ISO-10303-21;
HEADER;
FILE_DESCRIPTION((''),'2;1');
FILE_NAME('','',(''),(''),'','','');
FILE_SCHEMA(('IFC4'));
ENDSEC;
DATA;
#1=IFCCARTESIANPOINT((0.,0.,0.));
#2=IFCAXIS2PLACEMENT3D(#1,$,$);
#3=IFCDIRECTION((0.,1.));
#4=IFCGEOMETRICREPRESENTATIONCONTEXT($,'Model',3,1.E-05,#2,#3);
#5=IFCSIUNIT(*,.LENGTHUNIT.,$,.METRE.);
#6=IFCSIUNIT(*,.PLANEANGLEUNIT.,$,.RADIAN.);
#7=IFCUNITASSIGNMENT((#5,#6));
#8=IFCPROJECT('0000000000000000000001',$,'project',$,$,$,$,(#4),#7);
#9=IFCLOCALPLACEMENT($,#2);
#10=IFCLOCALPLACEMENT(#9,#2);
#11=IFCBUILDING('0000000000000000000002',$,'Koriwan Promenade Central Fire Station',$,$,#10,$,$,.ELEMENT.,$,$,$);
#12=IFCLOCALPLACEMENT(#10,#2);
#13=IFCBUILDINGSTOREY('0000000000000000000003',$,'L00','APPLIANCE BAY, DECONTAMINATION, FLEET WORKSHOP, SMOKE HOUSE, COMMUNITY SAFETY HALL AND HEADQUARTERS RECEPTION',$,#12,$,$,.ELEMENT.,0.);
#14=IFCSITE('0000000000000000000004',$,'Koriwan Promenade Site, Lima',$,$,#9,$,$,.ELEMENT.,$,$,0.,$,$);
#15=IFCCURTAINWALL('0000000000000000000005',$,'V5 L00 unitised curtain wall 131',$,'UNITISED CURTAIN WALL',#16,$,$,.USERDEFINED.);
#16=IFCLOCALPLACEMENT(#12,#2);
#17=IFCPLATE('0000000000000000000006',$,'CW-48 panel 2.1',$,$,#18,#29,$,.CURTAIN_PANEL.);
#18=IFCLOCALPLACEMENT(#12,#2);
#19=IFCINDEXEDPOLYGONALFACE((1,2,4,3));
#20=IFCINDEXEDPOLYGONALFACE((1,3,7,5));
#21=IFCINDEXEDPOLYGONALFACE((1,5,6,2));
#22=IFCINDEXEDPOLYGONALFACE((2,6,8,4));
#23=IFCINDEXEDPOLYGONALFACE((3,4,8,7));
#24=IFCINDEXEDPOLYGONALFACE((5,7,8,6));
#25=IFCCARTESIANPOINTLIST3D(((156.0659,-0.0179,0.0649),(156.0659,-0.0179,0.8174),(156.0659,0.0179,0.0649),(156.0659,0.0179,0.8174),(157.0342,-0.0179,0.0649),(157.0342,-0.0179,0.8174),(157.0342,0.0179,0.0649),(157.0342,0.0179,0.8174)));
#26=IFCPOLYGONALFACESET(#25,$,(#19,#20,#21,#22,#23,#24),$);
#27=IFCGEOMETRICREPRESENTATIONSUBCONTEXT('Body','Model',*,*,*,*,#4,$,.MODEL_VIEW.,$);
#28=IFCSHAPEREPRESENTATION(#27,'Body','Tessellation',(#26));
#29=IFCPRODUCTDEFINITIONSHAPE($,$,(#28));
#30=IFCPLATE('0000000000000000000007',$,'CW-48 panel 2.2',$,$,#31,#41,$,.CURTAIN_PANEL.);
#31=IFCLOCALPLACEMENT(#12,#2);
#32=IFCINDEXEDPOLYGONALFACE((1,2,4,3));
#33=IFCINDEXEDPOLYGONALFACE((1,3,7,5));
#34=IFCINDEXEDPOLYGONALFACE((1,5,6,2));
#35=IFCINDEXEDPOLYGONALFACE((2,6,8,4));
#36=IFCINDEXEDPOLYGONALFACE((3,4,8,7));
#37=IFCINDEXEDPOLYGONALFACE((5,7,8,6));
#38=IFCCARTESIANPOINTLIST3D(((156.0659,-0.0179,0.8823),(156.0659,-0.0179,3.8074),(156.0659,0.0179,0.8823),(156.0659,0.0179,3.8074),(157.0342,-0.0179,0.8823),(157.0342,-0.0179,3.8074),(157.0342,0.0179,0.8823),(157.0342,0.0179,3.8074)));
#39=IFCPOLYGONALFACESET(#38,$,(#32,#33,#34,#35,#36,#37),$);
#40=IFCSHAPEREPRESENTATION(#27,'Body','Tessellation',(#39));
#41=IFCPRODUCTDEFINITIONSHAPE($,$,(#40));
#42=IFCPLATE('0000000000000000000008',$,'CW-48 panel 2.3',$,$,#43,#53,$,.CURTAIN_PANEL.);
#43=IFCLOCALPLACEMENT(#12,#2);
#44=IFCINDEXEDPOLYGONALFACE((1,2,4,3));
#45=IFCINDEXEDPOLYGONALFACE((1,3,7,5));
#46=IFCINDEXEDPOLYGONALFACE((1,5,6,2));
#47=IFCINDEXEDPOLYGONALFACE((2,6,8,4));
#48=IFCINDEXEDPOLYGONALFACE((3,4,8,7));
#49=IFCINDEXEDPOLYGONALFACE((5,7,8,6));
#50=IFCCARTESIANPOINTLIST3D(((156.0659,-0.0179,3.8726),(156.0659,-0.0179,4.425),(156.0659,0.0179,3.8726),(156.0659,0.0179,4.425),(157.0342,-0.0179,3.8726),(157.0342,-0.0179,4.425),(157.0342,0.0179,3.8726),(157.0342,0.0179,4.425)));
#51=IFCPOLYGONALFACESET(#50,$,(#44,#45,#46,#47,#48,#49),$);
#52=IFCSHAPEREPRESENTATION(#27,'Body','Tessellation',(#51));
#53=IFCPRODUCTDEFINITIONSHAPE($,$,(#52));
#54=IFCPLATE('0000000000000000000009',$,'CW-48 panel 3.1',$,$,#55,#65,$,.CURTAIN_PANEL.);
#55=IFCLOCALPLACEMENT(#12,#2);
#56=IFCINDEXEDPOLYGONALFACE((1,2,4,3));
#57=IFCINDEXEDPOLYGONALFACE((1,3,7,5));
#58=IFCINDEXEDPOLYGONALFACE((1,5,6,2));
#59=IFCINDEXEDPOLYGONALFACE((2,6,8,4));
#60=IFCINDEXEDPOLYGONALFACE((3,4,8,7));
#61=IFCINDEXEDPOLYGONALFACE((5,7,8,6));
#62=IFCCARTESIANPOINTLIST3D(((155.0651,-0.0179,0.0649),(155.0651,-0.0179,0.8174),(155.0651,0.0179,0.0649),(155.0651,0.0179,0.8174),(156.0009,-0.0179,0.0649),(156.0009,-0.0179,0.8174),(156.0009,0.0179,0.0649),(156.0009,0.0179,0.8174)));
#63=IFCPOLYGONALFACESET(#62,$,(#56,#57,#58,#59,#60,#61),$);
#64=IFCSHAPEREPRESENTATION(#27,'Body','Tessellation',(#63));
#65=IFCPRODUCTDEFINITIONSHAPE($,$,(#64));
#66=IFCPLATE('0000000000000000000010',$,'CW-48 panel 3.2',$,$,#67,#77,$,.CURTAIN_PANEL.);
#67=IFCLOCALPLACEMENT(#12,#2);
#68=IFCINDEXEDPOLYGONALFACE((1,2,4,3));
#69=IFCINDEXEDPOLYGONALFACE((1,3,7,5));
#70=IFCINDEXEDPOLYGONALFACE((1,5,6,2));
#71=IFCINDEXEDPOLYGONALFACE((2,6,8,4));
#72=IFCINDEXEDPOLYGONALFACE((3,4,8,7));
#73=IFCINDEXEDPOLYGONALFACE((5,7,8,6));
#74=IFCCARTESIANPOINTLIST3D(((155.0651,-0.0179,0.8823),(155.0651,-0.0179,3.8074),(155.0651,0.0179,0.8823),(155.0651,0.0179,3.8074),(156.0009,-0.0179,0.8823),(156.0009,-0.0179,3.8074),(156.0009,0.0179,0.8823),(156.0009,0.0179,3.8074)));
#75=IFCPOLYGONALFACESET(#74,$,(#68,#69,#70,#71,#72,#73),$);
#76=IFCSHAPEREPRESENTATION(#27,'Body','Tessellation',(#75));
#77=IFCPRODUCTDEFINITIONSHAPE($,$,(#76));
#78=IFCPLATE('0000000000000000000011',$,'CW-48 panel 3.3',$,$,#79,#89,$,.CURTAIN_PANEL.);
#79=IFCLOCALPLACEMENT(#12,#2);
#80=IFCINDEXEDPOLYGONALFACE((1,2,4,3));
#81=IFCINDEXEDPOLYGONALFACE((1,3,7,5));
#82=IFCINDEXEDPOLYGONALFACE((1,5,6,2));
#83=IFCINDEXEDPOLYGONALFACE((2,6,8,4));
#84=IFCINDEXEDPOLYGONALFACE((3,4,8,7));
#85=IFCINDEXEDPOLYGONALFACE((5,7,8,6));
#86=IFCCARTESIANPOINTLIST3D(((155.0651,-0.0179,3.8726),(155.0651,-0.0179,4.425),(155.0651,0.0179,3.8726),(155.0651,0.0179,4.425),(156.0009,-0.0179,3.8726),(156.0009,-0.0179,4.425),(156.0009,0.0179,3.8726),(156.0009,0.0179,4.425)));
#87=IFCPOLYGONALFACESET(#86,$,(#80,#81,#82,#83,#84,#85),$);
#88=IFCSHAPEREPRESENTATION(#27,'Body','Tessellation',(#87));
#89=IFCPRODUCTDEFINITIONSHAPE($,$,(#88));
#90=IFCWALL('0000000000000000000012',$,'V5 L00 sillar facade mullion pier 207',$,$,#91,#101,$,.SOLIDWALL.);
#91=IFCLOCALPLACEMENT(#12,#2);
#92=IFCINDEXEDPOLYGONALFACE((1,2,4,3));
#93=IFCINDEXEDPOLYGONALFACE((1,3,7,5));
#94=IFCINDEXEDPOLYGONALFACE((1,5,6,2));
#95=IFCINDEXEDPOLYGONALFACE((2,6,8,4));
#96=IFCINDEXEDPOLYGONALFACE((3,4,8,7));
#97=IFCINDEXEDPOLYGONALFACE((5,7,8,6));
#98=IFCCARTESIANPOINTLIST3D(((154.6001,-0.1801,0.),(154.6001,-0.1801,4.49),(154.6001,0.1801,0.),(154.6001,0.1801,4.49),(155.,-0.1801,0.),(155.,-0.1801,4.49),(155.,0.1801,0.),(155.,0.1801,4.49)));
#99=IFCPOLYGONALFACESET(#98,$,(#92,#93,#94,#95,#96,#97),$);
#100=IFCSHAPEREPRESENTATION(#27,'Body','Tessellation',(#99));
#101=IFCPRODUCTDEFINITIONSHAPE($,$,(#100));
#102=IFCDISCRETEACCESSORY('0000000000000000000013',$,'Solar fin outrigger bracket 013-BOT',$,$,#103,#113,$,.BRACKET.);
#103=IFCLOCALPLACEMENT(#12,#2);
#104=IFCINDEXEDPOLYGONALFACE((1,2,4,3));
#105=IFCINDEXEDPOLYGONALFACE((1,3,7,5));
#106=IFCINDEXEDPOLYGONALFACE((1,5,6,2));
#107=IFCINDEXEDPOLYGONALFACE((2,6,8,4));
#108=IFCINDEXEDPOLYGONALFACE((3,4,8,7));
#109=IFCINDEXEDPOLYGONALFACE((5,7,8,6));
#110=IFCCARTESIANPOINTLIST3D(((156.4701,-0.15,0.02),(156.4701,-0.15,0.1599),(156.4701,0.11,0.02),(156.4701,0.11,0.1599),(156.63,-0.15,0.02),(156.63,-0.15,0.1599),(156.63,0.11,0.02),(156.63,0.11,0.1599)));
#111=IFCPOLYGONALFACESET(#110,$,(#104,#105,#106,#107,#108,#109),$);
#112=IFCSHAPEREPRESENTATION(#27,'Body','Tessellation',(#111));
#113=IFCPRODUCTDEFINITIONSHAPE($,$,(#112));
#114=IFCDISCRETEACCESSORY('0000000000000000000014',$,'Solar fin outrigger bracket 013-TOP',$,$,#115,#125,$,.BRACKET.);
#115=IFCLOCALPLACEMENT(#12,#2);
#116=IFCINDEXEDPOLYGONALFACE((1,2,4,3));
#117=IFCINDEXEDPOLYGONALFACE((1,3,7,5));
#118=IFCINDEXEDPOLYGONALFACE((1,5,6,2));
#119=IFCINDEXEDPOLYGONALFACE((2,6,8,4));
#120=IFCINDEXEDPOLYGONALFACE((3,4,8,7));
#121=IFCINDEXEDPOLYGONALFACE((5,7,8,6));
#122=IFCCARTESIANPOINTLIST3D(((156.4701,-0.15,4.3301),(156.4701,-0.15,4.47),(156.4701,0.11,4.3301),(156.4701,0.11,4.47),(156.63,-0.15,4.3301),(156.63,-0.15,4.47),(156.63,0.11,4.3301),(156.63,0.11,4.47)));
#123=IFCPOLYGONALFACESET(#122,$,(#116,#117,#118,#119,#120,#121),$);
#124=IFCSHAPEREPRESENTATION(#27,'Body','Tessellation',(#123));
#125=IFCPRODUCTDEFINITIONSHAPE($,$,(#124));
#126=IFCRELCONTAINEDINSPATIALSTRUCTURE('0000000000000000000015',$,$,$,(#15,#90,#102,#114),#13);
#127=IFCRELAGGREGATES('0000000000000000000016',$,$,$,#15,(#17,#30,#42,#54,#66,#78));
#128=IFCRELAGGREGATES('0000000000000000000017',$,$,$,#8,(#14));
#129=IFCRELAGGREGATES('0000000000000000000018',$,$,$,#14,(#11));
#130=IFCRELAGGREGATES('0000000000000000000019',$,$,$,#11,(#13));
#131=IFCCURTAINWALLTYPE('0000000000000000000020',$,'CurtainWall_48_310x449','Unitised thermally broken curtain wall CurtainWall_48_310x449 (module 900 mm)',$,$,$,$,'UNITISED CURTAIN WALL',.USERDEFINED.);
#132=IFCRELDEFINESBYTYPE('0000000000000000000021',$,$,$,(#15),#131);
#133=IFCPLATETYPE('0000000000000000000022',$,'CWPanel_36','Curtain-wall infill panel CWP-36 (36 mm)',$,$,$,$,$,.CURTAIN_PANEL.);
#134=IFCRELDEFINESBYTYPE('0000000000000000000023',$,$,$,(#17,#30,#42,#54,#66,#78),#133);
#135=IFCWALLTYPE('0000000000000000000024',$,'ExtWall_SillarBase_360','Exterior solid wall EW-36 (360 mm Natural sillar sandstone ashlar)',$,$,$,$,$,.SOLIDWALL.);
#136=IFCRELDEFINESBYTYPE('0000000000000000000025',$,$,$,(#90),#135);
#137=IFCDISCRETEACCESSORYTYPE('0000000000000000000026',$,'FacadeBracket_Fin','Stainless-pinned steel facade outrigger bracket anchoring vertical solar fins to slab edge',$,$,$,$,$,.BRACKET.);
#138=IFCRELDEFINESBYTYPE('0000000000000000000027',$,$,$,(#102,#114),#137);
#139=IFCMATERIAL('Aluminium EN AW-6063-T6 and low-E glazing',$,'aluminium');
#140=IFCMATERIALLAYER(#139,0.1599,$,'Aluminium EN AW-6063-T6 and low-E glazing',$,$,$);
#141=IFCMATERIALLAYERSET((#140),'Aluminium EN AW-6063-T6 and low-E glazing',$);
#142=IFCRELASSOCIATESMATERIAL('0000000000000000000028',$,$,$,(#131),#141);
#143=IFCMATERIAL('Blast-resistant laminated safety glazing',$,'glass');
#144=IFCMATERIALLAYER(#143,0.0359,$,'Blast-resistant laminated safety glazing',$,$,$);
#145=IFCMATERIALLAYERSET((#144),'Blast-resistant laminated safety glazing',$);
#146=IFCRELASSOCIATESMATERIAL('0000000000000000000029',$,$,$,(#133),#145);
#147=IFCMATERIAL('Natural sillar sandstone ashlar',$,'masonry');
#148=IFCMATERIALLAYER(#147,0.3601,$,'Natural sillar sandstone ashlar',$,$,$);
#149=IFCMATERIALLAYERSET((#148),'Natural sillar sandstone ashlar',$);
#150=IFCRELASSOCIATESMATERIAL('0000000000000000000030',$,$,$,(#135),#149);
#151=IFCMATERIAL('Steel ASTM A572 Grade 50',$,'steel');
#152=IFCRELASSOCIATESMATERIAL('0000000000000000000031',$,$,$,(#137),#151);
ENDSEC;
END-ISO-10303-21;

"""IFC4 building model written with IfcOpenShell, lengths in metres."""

from ifc_helpers import new_model, si_unit, direction, frame, frame_2d, origin, origin_2d, place, context, subcontext, project, spatial, rectangle, extrude, material, layer, layer_set, type_object, element, aggregate, save


model = new_model("IFC4")

# Units and contexts
model_context = context("Model", 3, precision=1e-05, world=origin(), true_north=direction((0.0, 1.0)))
body_context = subcontext(model_context, "Body", "Model", "MODEL_VIEW")
ifc_project = project(units=[si_unit("LENGTHUNIT", "METRE"), si_unit("PLANEANGLEUNIT", "RADIAN")], contexts=[model_context])

# Site, building, storey
site_placement = place(None, origin())
site = spatial("IfcSite", under=ifc_project, at=site_placement, Name="Koriwan Promenade Site, Lima", CompositionType="ELEMENT", RefElevation=0.0)
building_placement = place(site_placement, origin())
building = spatial("IfcBuilding", under=site, at=building_placement, Name="Koriwan Promenade Central Fire Station", CompositionType="ELEMENT")
storey_placement = place(building_placement, origin())
storey = spatial("IfcBuildingStorey", under=building, at=storey_placement, Name="L00", Description="APPLIANCE BAY, DECONTAMINATION, FLEET WORKSHOP, SMOKE HOUSE, COMMUNITY SAFETY HALL AND HEADQUARTERS RECEPTION", CompositionType="ELEMENT", Elevation=0.0)

# Curtain wall
ifc_material_1 = material(Name="Aluminium EN AW-6063-T6 and low-E glazing", Category="aluminium")
ifc_layer_1 = layer(ifc_material_1, 0.1599, Name="Aluminium EN AW-6063-T6 and low-E glazing")
ifc_layer_set_1 = layer_set([ifc_layer_1], Name="Aluminium EN AW-6063-T6 and low-E glazing")
curtain_wall_type = type_object("IfcCurtainWallType", Name="CurtainWall_48_310x449", Description="Unitised thermally broken curtain wall CurtainWall_48_310x449 (module 900 mm)", ElementType="UNITISED CURTAIN WALL", PredefinedType="USERDEFINED", material=ifc_layer_set_1)
curtain_wall_placement = place(storey_placement, origin())
curtain_wall = element("IfcCurtainWall", 1, at=curtain_wall_placement, inside=storey, type_object=curtain_wall_type, Name="V5 L00 unitised curtain wall 131", ObjectType="UNITISED CURTAIN WALL", PredefinedType="USERDEFINED")

# Plates
ifc_material_2 = material(Name="Blast-resistant laminated safety glazing", Category="glass")
ifc_layer_2 = layer(ifc_material_2, 0.0359, Name="Blast-resistant laminated safety glazing")
ifc_layer_set_2 = layer_set([ifc_layer_2], Name="Blast-resistant laminated safety glazing")
plate_type = type_object("IfcPlateType", Name="CWPanel_36", Description="Curtain-wall infill panel CWP-36 (36 mm)", PredefinedType="CURTAIN_PANEL", material=ifc_layer_set_2)
plate_1_placement = place(storey_placement, frame((156.55, 0.0, 0.0649), z_axis=(0.0, 0.0, 1.0), x_axis=(-1.0, 0.0, 0.0)))
plate_1 = element("IfcPlate", 2, at=plate_1_placement, type_object=plate_type, Name="CW-48 panel 2.1", PredefinedType="CURTAIN_PANEL", context=body_context, shape_type="SweptSolid", body=[
    extrude(rectangle(XDim=0.9683, YDim=0.0359, at=origin_2d()), origin(), (0.0, 0.0, 1.0), 0.7524),
])
plate_2_placement = place(storey_placement, frame((156.55, 0.0, 0.8823), z_axis=(0.0, 0.0, 1.0), x_axis=(-1.0, 0.0, 0.0)))
plate_2 = element("IfcPlate", 3, at=plate_2_placement, type_object=plate_type, Name="CW-48 panel 2.2", PredefinedType="CURTAIN_PANEL", context=body_context, shape_type="SweptSolid", body=[
    extrude(rectangle(XDim=0.9683, YDim=0.0359, at=origin_2d()), origin(), (0.0, 0.0, 1.0), 2.925),
])
plate_3_placement = place(storey_placement, frame((156.55, 0.0, 3.8726), z_axis=(0.0, 0.0, 1.0), x_axis=(-1.0, 0.0, 0.0)))
plate_3 = element("IfcPlate", 4, at=plate_3_placement, type_object=plate_type, Name="CW-48 panel 2.3", PredefinedType="CURTAIN_PANEL", context=body_context, shape_type="SweptSolid", body=[
    extrude(rectangle(XDim=0.9683, YDim=0.0359, at=origin_2d()), origin(), (0.0, 0.0, 1.0), 0.5525),
])
plate_4_placement = place(storey_placement, frame((155.533, 0.0, 0.0649), z_axis=(0.0, 0.0, 1.0), x_axis=(-1.0, 0.0, 0.0)))
plate_4 = element("IfcPlate", 5, at=plate_4_placement, type_object=plate_type, Name="CW-48 panel 3.1", PredefinedType="CURTAIN_PANEL", context=body_context, shape_type="SweptSolid", body=[
    extrude(rectangle(XDim=0.9358, YDim=0.0359, at=origin_2d()), origin(), (0.0, 0.0, 1.0), 0.7524),
])
plate_5_placement = place(storey_placement, frame((155.533, 0.0, 0.8823), z_axis=(0.0, 0.0, 1.0), x_axis=(-1.0, 0.0, 0.0)))
plate_5 = element("IfcPlate", 6, at=plate_5_placement, type_object=plate_type, Name="CW-48 panel 3.2", PredefinedType="CURTAIN_PANEL", context=body_context, shape_type="SweptSolid", body=[
    extrude(rectangle(XDim=0.9358, YDim=0.0359, at=origin_2d()), origin(), (0.0, 0.0, 1.0), 2.925),
])
plate_6_placement = place(storey_placement, frame((155.533, 0.0, 3.8726), z_axis=(0.0, 0.0, 1.0), x_axis=(-1.0, 0.0, 0.0)))
plate_6 = element("IfcPlate", 7, at=plate_6_placement, type_object=plate_type, Name="CW-48 panel 3.3", PredefinedType="CURTAIN_PANEL", context=body_context, shape_type="SweptSolid", body=[
    extrude(rectangle(XDim=0.9358, YDim=0.0359, at=origin_2d()), origin(), (0.0, 0.0, 1.0), 0.5525),
])
aggregate(curtain_wall, [plate_1, plate_2, plate_3, plate_4, plate_5, plate_6])

# Wall
ifc_material_3 = material(Name="Natural sillar sandstone ashlar", Category="masonry")
ifc_layer_3 = layer(ifc_material_3, 0.3601, Name="Natural sillar sandstone ashlar")
ifc_layer_set_3 = layer_set([ifc_layer_3], Name="Natural sillar sandstone ashlar")
wall_type = type_object("IfcWallType", Name="ExtWall_SillarBase_360", Description="Exterior solid wall EW-36 (360 mm Natural sillar sandstone ashlar)", PredefinedType="SOLIDWALL", material=ifc_layer_set_3)
wall_placement = place(storey_placement, frame((155.0, 0.0, 0.0), z_axis=(0.0, 0.0, 1.0), x_axis=(-1.0, 0.0, 0.0)))
element("IfcWall", 8, at=wall_placement, inside=storey, type_object=wall_type, Name="V5 L00 sillar facade mullion pier 207", PredefinedType="SOLIDWALL", context=body_context, shape_type="SweptSolid", body=[
    extrude(rectangle(XDim=0.3999, YDim=0.3601, at=frame_2d((0.2, 0.0))), origin(), (0.0, 0.0, 1.0), 4.49),
])

# Discrete accessories
ifc_material_4 = material(Name="Steel ASTM A572 Grade 50", Category="steel")
discrete_accessory_type = type_object("IfcDiscreteAccessoryType", Name="FacadeBracket_Fin", Description="Stainless-pinned steel facade outrigger bracket anchoring vertical solar fins to slab edge", PredefinedType="BRACKET", material=ifc_material_4)
for number, where, z_axis, x_axis, name in (
    (9, (156.55, -0.02, 0.02), (0.0, 0.0, 1.0), (0.0, -1.0, 0.0), "Solar fin outrigger bracket 013-BOT"),
    (10, (156.55, -0.02, 4.3301), (0.0, 0.0, 1.0), (0.0, -1.0, 0.0), "Solar fin outrigger bracket 013-TOP"),
):
    element("IfcDiscreteAccessory", number, at=place(storey_placement, frame(where, z_axis=z_axis, x_axis=x_axis)), inside=storey, type_object=discrete_accessory_type, Name=name, PredefinedType="BRACKET", context=body_context, shape_type="SweptSolid", body=[
        extrude(rectangle(XDim=0.26, YDim=0.1599, at=origin_2d()), origin(), (0.0, 0.0, 1.0), 0.1399),
    ])

save(model, "model.ifc")
